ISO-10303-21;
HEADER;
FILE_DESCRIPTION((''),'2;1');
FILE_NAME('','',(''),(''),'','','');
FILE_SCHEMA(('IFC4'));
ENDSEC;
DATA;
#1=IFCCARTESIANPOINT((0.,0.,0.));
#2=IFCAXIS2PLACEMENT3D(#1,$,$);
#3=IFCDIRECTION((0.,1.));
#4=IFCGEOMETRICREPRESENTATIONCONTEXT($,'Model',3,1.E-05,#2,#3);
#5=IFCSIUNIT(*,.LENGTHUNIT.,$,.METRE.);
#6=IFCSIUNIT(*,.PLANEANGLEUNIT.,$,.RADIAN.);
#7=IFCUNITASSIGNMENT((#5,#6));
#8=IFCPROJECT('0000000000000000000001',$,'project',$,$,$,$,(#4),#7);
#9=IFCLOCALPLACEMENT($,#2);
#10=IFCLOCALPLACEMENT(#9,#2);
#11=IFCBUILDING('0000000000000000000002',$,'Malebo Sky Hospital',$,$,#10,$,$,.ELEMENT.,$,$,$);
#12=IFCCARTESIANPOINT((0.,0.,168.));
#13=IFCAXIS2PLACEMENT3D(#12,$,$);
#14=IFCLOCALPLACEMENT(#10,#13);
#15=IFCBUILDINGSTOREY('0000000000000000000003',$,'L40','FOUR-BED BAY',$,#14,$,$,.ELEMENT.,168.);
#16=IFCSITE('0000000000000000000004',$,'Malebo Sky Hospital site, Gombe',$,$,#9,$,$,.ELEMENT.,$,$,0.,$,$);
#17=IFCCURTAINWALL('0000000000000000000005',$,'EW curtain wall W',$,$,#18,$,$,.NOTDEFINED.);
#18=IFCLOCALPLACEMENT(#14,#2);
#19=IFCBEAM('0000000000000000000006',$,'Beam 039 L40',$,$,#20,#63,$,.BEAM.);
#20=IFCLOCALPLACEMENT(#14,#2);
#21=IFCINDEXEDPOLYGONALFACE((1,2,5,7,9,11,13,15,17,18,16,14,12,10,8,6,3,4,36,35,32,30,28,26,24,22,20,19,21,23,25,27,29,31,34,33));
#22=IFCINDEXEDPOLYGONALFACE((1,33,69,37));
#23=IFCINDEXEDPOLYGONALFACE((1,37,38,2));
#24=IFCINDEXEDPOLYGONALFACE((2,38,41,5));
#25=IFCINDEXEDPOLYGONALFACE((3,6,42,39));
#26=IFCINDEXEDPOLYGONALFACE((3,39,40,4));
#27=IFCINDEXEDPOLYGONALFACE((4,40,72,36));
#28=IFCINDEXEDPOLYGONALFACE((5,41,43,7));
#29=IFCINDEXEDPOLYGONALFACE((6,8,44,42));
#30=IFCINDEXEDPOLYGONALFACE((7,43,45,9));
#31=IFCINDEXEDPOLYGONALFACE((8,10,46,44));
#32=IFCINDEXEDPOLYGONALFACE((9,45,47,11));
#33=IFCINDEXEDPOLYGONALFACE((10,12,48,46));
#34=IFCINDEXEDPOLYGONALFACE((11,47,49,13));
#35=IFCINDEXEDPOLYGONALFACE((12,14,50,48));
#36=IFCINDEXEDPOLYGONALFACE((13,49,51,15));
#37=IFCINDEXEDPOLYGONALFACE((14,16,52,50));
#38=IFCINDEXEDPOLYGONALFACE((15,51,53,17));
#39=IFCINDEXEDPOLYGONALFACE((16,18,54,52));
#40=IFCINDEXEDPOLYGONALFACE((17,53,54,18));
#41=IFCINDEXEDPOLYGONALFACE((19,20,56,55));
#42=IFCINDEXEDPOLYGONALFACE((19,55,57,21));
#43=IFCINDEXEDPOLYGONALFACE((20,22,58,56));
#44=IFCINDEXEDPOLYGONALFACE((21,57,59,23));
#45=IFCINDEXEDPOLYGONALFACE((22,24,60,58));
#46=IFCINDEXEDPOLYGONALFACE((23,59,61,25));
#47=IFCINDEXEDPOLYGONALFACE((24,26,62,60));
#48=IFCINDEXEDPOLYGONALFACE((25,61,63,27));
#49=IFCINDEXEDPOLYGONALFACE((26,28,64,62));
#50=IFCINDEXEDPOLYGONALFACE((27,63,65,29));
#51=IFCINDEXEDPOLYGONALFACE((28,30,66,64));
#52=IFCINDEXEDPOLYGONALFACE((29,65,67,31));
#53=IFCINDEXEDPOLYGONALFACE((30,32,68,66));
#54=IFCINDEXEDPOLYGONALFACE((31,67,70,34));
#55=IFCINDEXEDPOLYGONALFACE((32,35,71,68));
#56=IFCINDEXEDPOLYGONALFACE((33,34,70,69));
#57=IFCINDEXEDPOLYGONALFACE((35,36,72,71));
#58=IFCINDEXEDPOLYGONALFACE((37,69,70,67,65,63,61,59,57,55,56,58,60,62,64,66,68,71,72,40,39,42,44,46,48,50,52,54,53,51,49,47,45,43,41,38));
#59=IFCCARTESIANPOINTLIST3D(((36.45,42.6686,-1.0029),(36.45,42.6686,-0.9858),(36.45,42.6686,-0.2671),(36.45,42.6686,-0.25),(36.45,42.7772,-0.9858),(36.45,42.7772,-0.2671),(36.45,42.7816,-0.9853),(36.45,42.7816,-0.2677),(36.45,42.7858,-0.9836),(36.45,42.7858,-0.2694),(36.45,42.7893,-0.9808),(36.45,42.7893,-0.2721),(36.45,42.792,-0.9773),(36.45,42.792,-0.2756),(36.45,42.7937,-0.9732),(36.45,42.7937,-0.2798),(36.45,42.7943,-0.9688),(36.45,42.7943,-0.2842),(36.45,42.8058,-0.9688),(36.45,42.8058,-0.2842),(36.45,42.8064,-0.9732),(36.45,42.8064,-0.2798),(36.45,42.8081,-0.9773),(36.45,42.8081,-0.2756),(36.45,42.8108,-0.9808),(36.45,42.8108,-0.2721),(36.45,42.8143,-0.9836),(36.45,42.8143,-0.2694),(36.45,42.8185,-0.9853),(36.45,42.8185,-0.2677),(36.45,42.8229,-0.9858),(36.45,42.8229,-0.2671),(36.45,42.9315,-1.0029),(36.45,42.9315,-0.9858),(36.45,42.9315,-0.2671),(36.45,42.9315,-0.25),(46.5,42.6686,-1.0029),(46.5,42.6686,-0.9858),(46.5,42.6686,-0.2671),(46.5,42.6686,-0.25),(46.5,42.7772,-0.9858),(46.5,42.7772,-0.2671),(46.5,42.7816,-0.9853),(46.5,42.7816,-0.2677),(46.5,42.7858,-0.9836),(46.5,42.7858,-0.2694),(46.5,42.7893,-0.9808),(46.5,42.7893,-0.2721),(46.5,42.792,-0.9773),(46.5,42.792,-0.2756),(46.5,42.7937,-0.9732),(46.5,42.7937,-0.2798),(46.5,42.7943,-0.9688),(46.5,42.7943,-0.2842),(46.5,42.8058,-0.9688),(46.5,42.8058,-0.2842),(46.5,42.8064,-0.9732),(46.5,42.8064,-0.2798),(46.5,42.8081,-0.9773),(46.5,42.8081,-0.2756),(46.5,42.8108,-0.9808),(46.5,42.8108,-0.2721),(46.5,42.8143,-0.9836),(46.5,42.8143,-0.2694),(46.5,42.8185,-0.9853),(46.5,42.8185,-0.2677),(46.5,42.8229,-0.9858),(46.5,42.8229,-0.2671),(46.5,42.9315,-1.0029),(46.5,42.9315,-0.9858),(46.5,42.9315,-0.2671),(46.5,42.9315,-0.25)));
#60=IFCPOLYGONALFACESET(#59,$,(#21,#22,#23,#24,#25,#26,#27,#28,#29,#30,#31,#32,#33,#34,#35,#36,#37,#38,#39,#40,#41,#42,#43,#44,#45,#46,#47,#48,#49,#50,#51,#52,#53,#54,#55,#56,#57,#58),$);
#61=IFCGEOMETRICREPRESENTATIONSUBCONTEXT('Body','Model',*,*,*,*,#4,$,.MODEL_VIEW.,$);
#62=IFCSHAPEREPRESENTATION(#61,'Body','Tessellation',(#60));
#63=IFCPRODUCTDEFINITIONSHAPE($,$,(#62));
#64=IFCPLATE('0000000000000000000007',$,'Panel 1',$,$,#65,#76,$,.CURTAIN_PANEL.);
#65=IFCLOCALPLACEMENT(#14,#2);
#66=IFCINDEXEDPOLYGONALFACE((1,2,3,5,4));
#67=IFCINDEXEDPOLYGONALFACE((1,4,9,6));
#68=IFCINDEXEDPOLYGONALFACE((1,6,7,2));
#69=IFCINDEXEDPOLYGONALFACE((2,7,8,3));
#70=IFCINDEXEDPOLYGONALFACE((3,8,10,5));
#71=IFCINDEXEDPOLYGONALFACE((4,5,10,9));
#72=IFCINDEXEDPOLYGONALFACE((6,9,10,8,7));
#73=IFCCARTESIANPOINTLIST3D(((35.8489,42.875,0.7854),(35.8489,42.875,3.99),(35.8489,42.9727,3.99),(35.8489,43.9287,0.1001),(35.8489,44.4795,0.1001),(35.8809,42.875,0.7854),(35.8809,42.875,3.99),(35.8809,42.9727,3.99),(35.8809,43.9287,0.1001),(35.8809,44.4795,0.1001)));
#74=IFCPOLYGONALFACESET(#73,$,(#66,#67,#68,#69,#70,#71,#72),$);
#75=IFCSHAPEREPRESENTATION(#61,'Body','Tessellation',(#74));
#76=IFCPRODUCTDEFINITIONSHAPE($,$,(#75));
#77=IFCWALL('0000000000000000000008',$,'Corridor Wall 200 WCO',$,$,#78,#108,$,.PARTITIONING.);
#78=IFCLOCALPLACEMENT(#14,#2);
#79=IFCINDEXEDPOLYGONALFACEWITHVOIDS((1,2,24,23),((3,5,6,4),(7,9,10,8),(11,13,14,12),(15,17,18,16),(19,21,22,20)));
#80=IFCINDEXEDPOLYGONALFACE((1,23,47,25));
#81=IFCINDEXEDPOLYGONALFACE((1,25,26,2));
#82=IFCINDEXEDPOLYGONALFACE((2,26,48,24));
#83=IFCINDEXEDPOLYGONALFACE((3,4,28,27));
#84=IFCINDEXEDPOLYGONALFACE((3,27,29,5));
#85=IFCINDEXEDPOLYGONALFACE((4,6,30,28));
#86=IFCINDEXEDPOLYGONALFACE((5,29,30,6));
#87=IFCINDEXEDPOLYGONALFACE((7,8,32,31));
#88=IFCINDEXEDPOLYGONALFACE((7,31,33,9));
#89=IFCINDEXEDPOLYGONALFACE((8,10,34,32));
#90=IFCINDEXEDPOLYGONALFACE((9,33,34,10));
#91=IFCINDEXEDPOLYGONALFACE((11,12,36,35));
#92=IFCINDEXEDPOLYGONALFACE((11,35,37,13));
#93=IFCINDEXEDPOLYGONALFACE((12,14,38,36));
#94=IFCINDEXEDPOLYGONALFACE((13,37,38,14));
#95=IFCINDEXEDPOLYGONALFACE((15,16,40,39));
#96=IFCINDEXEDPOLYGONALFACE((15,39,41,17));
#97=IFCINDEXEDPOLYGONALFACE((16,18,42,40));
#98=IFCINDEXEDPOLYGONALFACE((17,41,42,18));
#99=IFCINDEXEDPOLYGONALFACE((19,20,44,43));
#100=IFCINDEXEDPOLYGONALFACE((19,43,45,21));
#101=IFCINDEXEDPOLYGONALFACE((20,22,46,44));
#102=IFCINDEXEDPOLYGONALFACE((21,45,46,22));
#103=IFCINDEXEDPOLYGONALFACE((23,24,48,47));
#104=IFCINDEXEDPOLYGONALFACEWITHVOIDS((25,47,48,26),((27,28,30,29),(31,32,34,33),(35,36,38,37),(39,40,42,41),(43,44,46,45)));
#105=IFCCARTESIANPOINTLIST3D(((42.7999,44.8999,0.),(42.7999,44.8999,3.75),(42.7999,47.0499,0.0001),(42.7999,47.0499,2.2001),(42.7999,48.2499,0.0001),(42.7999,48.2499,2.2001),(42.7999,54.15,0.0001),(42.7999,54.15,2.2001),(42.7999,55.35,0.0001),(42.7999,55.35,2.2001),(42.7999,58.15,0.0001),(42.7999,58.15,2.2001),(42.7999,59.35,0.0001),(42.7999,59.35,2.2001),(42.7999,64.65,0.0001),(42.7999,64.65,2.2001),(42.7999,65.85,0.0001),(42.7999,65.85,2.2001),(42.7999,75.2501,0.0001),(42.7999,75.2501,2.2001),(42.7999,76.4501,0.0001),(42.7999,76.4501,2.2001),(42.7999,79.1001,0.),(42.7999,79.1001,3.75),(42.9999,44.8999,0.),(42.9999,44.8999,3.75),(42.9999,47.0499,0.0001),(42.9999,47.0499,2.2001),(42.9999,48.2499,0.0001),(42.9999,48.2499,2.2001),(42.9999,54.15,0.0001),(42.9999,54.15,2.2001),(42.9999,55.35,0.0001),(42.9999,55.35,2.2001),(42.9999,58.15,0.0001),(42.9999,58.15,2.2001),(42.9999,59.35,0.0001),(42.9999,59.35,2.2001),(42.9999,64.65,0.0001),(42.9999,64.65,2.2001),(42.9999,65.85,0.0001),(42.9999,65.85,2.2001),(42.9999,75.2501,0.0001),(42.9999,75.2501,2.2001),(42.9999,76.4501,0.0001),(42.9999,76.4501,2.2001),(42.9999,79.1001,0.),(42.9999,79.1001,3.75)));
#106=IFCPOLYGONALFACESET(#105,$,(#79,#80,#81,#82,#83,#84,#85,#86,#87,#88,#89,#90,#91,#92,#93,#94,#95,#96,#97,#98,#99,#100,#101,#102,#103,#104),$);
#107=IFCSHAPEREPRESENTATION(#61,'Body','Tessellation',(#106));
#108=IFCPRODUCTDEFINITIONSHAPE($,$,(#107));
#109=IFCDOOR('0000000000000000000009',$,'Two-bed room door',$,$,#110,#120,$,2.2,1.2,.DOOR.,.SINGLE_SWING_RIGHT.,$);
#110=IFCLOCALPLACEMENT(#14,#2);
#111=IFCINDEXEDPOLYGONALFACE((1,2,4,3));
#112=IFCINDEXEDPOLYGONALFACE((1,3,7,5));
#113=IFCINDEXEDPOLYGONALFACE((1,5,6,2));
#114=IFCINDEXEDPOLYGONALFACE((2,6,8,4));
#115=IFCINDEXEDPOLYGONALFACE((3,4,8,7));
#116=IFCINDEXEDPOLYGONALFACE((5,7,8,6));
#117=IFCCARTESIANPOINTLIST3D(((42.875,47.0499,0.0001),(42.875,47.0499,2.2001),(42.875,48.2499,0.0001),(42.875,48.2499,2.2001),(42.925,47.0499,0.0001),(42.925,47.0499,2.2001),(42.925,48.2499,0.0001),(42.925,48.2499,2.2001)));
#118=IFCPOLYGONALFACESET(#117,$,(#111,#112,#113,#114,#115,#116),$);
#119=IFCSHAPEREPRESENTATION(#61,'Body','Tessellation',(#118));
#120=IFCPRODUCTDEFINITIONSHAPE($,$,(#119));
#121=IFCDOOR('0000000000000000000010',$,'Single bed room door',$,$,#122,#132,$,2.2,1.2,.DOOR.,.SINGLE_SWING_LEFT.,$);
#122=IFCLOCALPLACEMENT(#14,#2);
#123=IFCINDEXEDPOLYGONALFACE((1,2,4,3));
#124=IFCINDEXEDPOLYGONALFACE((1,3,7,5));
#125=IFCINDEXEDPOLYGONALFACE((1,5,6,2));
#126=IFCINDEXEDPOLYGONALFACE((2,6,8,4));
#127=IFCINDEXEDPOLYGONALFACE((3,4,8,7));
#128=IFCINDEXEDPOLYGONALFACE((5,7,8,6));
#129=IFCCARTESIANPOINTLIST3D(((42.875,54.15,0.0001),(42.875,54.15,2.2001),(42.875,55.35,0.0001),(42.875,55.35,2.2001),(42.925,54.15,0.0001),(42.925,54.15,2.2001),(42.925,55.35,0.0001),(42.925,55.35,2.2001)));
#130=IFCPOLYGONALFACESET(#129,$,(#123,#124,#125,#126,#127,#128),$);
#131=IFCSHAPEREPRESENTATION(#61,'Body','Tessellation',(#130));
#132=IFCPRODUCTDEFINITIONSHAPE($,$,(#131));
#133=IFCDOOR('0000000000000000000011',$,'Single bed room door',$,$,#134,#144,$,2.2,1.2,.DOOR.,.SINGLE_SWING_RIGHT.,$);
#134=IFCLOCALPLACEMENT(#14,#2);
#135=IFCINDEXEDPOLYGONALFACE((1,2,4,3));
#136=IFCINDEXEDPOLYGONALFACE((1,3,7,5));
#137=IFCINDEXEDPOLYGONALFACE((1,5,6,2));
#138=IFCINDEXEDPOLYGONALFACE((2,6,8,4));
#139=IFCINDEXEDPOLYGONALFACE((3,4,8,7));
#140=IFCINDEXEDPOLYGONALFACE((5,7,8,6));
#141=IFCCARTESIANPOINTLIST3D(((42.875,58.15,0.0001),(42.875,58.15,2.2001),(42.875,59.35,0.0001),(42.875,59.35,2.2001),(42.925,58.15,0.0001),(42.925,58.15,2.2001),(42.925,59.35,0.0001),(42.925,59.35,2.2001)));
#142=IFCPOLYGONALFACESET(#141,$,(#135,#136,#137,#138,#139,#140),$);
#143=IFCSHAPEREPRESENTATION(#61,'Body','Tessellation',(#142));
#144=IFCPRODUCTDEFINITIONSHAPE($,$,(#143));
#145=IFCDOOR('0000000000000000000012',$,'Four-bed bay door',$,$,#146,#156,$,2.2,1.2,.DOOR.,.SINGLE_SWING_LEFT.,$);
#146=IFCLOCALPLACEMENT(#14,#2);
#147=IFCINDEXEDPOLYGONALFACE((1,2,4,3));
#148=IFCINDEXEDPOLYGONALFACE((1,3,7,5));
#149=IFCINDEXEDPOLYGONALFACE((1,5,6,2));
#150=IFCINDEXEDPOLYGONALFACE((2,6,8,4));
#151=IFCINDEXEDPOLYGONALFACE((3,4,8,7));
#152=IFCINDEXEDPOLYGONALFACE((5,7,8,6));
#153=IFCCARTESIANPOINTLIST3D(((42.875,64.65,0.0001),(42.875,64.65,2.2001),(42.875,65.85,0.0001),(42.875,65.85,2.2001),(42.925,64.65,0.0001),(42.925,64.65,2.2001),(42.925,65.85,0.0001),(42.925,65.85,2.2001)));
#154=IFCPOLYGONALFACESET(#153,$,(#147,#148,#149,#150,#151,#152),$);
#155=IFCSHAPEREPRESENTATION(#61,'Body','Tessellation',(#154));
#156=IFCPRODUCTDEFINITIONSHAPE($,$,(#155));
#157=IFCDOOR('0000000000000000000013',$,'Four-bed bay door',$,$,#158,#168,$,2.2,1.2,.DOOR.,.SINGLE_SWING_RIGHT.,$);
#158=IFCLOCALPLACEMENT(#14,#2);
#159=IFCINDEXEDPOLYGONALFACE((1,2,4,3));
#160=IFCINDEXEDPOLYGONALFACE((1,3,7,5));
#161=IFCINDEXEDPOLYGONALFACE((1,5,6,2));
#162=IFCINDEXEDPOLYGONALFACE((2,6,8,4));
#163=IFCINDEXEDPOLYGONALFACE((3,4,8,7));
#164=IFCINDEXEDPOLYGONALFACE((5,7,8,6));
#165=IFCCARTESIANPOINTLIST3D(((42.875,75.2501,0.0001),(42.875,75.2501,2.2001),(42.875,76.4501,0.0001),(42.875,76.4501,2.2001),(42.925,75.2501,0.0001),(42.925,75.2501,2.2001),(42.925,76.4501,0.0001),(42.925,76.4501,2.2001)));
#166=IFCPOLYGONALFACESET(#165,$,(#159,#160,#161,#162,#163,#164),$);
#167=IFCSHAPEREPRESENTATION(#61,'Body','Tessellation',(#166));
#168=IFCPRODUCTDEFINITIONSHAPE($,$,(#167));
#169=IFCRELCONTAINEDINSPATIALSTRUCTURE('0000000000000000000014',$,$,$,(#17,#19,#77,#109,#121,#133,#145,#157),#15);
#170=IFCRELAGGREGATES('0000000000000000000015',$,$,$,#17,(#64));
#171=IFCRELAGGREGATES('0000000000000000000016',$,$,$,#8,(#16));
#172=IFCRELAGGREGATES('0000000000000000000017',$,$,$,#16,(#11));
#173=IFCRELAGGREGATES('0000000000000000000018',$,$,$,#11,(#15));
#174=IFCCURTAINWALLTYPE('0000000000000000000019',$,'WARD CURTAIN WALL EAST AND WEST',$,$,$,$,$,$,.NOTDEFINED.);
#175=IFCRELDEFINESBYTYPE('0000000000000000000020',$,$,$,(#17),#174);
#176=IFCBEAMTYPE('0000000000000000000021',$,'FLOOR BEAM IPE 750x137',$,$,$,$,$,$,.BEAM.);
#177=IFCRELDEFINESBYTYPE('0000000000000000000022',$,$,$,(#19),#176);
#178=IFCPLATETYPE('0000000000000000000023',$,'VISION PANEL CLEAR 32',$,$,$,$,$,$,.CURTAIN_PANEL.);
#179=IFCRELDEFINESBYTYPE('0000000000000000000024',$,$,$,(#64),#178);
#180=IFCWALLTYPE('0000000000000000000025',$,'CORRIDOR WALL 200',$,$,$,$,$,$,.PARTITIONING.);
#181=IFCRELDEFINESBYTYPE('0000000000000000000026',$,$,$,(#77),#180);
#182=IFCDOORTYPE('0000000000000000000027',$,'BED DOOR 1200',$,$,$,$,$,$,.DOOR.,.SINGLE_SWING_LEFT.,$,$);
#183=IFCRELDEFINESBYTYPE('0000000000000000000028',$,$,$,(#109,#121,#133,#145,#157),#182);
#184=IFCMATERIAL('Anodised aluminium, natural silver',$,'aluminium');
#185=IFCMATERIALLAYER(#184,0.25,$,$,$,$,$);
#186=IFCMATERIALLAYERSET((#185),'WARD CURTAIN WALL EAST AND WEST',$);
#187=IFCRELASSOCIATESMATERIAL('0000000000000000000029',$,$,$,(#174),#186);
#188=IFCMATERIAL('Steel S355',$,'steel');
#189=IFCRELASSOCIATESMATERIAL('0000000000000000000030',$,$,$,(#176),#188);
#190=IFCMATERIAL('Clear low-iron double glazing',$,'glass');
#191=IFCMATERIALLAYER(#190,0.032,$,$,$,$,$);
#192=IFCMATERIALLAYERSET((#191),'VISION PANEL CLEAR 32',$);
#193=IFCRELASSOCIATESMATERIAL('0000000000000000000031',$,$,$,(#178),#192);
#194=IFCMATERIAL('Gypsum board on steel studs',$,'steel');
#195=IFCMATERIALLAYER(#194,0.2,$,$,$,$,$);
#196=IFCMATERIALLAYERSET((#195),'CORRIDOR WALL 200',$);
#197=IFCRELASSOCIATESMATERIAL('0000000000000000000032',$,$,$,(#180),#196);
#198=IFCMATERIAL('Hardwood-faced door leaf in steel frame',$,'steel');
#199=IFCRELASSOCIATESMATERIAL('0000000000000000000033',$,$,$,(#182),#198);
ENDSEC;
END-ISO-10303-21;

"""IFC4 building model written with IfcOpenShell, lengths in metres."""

from ifc_helpers import new_model, si_unit, direction, frame, frame_2d, origin, origin_2d, place, context, subcontext, project, spatial, polyline, rectangle, i_section, outline, extrude, material, layer, layer_set, material_profile, profile_set, type_object, element, fill, aggregate, save


model = new_model("IFC4")

# Units and contexts
model_context = context("Model", 3, precision=1e-05, world=origin(), true_north=direction((0.0, 1.0)))
body_context = subcontext(model_context, "Body", "Model", "MODEL_VIEW")
ifc_project = project(units=[si_unit("LENGTHUNIT", "METRE"), si_unit("PLANEANGLEUNIT", "RADIAN")], contexts=[model_context])

# Site, building, storey
site_placement = place(None, origin())
site = spatial("IfcSite", under=ifc_project, at=site_placement, Name="Malebo Sky Hospital site, Gombe", CompositionType="ELEMENT", RefElevation=0.0)
building_placement = place(site_placement, origin())
building = spatial("IfcBuilding", under=site, at=building_placement, Name="Malebo Sky Hospital", CompositionType="ELEMENT")
storey_placement = place(building_placement, frame((0.0, 0.0, 168.0)))
storey = spatial("IfcBuildingStorey", under=building, at=storey_placement, Name="L40", Description="FOUR-BED BAY", CompositionType="ELEMENT", Elevation=168.0)

# Curtain wall
ifc_material_1 = material(Name="Anodised aluminium, natural silver", Category="aluminium")
ifc_layer_1 = layer(ifc_material_1, 0.25)
ifc_layer_set_1 = layer_set([ifc_layer_1], Name="WARD CURTAIN WALL EAST AND WEST")
curtain_wall_type = type_object("IfcCurtainWallType", Name="WARD CURTAIN WALL EAST AND WEST", PredefinedType="NOTDEFINED", material=ifc_layer_set_1)
curtain_wall_placement = place(storey_placement, origin())
curtain_wall = element("IfcCurtainWall", 1, at=curtain_wall_placement, inside=storey, type_object=curtain_wall_type, Name="EW curtain wall W", PredefinedType="NOTDEFINED")

# Shared definitions
ifc_material_2 = material(Name="Steel S355", Category="steel")

# Beam
ifc_material_profile_1 = material_profile(ifc_material_2, i_section(OverallWidth=0.2629, OverallDepth=0.7529, WebThickness=0.0115, FlangeThickness=0.0171, FilletRadius=0.0171, at=origin_2d()), Name="IPE 750x137")
ifc_profile_set_1 = profile_set([ifc_material_profile_1], Name="Steel S355")
beam_type_1 = type_object("IfcBeamType", Name="FLOOR BEAM IPE 750x137", PredefinedType="BEAM", material=ifc_profile_set_1)
for number, where, z_axis, x_axis, name in (
    (2, (36.45, 42.8, -0.6265), (1.0, 0.0, 0.0), (0.0, 1.0, 0.0), "Beam 039 L40"),
):
    element("IfcBeam", number, at=place(storey_placement, frame(where, z_axis=z_axis, x_axis=x_axis)), inside=storey, type_object=beam_type_1, Name=name, PredefinedType="BEAM", context=body_context, shape_type="SweptSolid", body=[
        extrude(i_section(OverallWidth=0.2629, OverallDepth=0.7529, WebThickness=0.0115, FlangeThickness=0.0171, FilletRadius=0.0171, at=origin_2d()), origin(), (0.0, 0.0, 1.0), 10.05),
    ])

# Plate
ifc_material_3 = material(Name="Clear low-iron double glazing", Category="glass")
ifc_layer_2 = layer(ifc_material_3, 0.032)
ifc_layer_set_2 = layer_set([ifc_layer_2], Name="VISION PANEL CLEAR 32")
plate_type = type_object("IfcPlateType", Name="VISION PANEL CLEAR 32", PredefinedType="CURTAIN_PANEL", material=ifc_layer_set_2)
plate_placement = place(storey_placement, frame((35.865, 43.6772, 0.1001), z_axis=(0.0, 0.0, 1.0), x_axis=(0.0, 1.0, 0.0)))
plate = element("IfcPlate", 3, at=plate_placement, type_object=plate_type, Name="Panel 1", PredefinedType="CURTAIN_PANEL", context=body_context, shape_type="SweptSolid", body=[
    extrude(outline(polyline([(0.2515, 0.0), (0.8022, 0.0), (-0.7046, 3.8899), (-0.8022, 3.8899), (-0.8022, 0.6853), (0.2515, 0.0)])), frame((0.0, 0.0161, 0.0), z_axis=(0.0, -1.0, 0.0), x_axis=(1.0, 0.0, 0.0)), (0.0, 0.0, 1.0), 0.032),
])
aggregate(curtain_wall, [plate])

# Wall, openings, doors
ifc_material_4 = material(Name="Gypsum board on steel studs", Category="steel")
ifc_layer_3 = layer(ifc_material_4, 0.2)
ifc_layer_set_3 = layer_set([ifc_layer_3], Name="CORRIDOR WALL 200")
wall_type_1 = type_object("IfcWallType", Name="CORRIDOR WALL 200", PredefinedType="PARTITIONING", material=ifc_layer_set_3)
wall_1_placement = place(storey_placement, frame((42.8999, 44.8999, 0.0), z_axis=(0.0, 0.0, 1.0), x_axis=(0.0, 1.0, 0.0)))
wall_1 = element("IfcWall", 4, at=wall_1_placement, inside=storey, type_object=wall_type_1, Name="Corridor Wall 200 WCO", PredefinedType="PARTITIONING", context=body_context, shape_type="SweptSolid", body=[
    extrude(rectangle(XDim=34.2002, YDim=0.2, at=frame_2d((17.1001, 0.0))), origin(), (0.0, 0.0, 1.0), 3.75),
])
opening_1_placement = place(wall_1_placement, frame((2.1499, 0.0, 0.0)))
opening_1 = element("IfcOpeningElement", 5, at=opening_1_placement, cuts=wall_1, PredefinedType="OPENING", context=body_context, shape_type="SweptSolid", body=[
    extrude(rectangle(XDim=1.2, YDim=2.2, at=frame_2d((0.6001, 1.1001))), frame((0.0, 0.1099, 0.0), z_axis=(0.0, -1.0, 0.0), x_axis=(1.0, 0.0, 0.0)), (0.0, 0.0, 1.0), 0.22),
])
opening_2_placement = place(wall_1_placement, frame((9.25, 0.0, 0.0)))
opening_2 = element("IfcOpeningElement", 6, at=opening_2_placement, cuts=wall_1, PredefinedType="OPENING", context=body_context, shape_type="SweptSolid", body=[
    extrude(rectangle(XDim=1.2, YDim=2.2, at=frame_2d((0.6001, 1.1001))), frame((0.0, 0.1099, 0.0), z_axis=(0.0, -1.0, 0.0), x_axis=(1.0, 0.0, 0.0)), (0.0, 0.0, 1.0), 0.22),
])
opening_3_placement = place(wall_1_placement, frame((13.25, 0.0, 0.0)))
opening_3 = element("IfcOpeningElement", 7, at=opening_3_placement, cuts=wall_1, PredefinedType="OPENING", context=body_context, shape_type="SweptSolid", body=[
    extrude(rectangle(XDim=1.2, YDim=2.2, at=frame_2d((0.6001, 1.1001))), frame((0.0, 0.1099, 0.0), z_axis=(0.0, -1.0, 0.0), x_axis=(1.0, 0.0, 0.0)), (0.0, 0.0, 1.0), 0.22),
])
opening_4_placement = place(wall_1_placement, frame((19.75, 0.0, 0.0)))
opening_4 = element("IfcOpeningElement", 8, at=opening_4_placement, cuts=wall_1, PredefinedType="OPENING", context=body_context, shape_type="SweptSolid", body=[
    extrude(rectangle(XDim=1.2, YDim=2.2, at=frame_2d((0.6001, 1.1001))), frame((0.0, 0.1099, 0.0), z_axis=(0.0, -1.0, 0.0), x_axis=(1.0, 0.0, 0.0)), (0.0, 0.0, 1.0), 0.22),
])
opening_5_placement = place(wall_1_placement, frame((30.3501, 0.0, 0.0)))
opening_5 = element("IfcOpeningElement", 9, at=opening_5_placement, cuts=wall_1, PredefinedType="OPENING", context=body_context, shape_type="SweptSolid", body=[
    extrude(rectangle(XDim=1.2, YDim=2.2, at=frame_2d((0.6001, 1.1001))), frame((0.0, 0.1099, 0.0), z_axis=(0.0, -1.0, 0.0), x_axis=(1.0, 0.0, 0.0)), (0.0, 0.0, 1.0), 0.22),
])
ifc_material_5 = material(Name="Hardwood-faced door leaf in steel frame", Category="steel")
door_type = type_object("IfcDoorType", Name="BED DOOR 1200", OperationType="SINGLE_SWING_LEFT", PredefinedType="DOOR", material=ifc_material_5)
door_1_placement = place(opening_1_placement, origin())
door_1 = element("IfcDoor", 10, at=door_1_placement, inside=storey, type_object=door_type, Name="Two-bed room door", OperationType="SINGLE_SWING_RIGHT", OverallHeight=2.2, OverallWidth=1.2, PredefinedType="DOOR", context=body_context, shape_type="SweptSolid", body=[
    extrude(rectangle(XDim=1.2, YDim=2.2, at=frame_2d((0.6001, 1.1001))), frame((0.0, 0.0249, 0.0), z_axis=(0.0, -1.0, 0.0), x_axis=(1.0, 0.0, 0.0)), (0.0, 0.0, 1.0), 0.05),
])
fill(opening_1, door_1)
door_2_placement = place(opening_2_placement, origin())
door_2 = element("IfcDoor", 11, at=door_2_placement, inside=storey, type_object=door_type, Name="Single bed room door", OperationType="SINGLE_SWING_LEFT", OverallHeight=2.2, OverallWidth=1.2, PredefinedType="DOOR", context=body_context, shape_type="SweptSolid", body=[
    extrude(rectangle(XDim=1.2, YDim=2.2, at=frame_2d((0.6001, 1.1001))), frame((0.0, 0.0249, 0.0), z_axis=(0.0, -1.0, 0.0), x_axis=(1.0, 0.0, 0.0)), (0.0, 0.0, 1.0), 0.05),
])
fill(opening_2, door_2)
door_3_placement = place(opening_3_placement, origin())
door_3 = element("IfcDoor", 12, at=door_3_placement, inside=storey, type_object=door_type, Name="Single bed room door", OperationType="SINGLE_SWING_RIGHT", OverallHeight=2.2, OverallWidth=1.2, PredefinedType="DOOR", context=body_context, shape_type="SweptSolid", body=[
    extrude(rectangle(XDim=1.2, YDim=2.2, at=frame_2d((0.6001, 1.1001))), frame((0.0, 0.0249, 0.0), z_axis=(0.0, -1.0, 0.0), x_axis=(1.0, 0.0, 0.0)), (0.0, 0.0, 1.0), 0.05),
])
fill(opening_3, door_3)
door_4_placement = place(opening_4_placement, origin())
door_4 = element("IfcDoor", 13, at=door_4_placement, inside=storey, type_object=door_type, Name="Four-bed bay door", OperationType="SINGLE_SWING_LEFT", OverallHeight=2.2, OverallWidth=1.2, PredefinedType="DOOR", context=body_context, shape_type="SweptSolid", body=[
    extrude(rectangle(XDim=1.2, YDim=2.2, at=frame_2d((0.6001, 1.1001))), frame((0.0, 0.0249, 0.0), z_axis=(0.0, -1.0, 0.0), x_axis=(1.0, 0.0, 0.0)), (0.0, 0.0, 1.0), 0.05),
])
fill(opening_4, door_4)
door_5_placement = place(opening_5_placement, origin())
door_5 = element("IfcDoor", 14, at=door_5_placement, inside=storey, type_object=door_type, Name="Four-bed bay door", OperationType="SINGLE_SWING_RIGHT", OverallHeight=2.2, OverallWidth=1.2, PredefinedType="DOOR", context=body_context, shape_type="SweptSolid", body=[
    extrude(rectangle(XDim=1.2, YDim=2.2, at=frame_2d((0.6001, 1.1001))), frame((0.0, 0.0249, 0.0), z_axis=(0.0, -1.0, 0.0), x_axis=(1.0, 0.0, 0.0)), (0.0, 0.0, 1.0), 0.05),
])
fill(opening_5, door_5)

save(model, "model.ifc")
